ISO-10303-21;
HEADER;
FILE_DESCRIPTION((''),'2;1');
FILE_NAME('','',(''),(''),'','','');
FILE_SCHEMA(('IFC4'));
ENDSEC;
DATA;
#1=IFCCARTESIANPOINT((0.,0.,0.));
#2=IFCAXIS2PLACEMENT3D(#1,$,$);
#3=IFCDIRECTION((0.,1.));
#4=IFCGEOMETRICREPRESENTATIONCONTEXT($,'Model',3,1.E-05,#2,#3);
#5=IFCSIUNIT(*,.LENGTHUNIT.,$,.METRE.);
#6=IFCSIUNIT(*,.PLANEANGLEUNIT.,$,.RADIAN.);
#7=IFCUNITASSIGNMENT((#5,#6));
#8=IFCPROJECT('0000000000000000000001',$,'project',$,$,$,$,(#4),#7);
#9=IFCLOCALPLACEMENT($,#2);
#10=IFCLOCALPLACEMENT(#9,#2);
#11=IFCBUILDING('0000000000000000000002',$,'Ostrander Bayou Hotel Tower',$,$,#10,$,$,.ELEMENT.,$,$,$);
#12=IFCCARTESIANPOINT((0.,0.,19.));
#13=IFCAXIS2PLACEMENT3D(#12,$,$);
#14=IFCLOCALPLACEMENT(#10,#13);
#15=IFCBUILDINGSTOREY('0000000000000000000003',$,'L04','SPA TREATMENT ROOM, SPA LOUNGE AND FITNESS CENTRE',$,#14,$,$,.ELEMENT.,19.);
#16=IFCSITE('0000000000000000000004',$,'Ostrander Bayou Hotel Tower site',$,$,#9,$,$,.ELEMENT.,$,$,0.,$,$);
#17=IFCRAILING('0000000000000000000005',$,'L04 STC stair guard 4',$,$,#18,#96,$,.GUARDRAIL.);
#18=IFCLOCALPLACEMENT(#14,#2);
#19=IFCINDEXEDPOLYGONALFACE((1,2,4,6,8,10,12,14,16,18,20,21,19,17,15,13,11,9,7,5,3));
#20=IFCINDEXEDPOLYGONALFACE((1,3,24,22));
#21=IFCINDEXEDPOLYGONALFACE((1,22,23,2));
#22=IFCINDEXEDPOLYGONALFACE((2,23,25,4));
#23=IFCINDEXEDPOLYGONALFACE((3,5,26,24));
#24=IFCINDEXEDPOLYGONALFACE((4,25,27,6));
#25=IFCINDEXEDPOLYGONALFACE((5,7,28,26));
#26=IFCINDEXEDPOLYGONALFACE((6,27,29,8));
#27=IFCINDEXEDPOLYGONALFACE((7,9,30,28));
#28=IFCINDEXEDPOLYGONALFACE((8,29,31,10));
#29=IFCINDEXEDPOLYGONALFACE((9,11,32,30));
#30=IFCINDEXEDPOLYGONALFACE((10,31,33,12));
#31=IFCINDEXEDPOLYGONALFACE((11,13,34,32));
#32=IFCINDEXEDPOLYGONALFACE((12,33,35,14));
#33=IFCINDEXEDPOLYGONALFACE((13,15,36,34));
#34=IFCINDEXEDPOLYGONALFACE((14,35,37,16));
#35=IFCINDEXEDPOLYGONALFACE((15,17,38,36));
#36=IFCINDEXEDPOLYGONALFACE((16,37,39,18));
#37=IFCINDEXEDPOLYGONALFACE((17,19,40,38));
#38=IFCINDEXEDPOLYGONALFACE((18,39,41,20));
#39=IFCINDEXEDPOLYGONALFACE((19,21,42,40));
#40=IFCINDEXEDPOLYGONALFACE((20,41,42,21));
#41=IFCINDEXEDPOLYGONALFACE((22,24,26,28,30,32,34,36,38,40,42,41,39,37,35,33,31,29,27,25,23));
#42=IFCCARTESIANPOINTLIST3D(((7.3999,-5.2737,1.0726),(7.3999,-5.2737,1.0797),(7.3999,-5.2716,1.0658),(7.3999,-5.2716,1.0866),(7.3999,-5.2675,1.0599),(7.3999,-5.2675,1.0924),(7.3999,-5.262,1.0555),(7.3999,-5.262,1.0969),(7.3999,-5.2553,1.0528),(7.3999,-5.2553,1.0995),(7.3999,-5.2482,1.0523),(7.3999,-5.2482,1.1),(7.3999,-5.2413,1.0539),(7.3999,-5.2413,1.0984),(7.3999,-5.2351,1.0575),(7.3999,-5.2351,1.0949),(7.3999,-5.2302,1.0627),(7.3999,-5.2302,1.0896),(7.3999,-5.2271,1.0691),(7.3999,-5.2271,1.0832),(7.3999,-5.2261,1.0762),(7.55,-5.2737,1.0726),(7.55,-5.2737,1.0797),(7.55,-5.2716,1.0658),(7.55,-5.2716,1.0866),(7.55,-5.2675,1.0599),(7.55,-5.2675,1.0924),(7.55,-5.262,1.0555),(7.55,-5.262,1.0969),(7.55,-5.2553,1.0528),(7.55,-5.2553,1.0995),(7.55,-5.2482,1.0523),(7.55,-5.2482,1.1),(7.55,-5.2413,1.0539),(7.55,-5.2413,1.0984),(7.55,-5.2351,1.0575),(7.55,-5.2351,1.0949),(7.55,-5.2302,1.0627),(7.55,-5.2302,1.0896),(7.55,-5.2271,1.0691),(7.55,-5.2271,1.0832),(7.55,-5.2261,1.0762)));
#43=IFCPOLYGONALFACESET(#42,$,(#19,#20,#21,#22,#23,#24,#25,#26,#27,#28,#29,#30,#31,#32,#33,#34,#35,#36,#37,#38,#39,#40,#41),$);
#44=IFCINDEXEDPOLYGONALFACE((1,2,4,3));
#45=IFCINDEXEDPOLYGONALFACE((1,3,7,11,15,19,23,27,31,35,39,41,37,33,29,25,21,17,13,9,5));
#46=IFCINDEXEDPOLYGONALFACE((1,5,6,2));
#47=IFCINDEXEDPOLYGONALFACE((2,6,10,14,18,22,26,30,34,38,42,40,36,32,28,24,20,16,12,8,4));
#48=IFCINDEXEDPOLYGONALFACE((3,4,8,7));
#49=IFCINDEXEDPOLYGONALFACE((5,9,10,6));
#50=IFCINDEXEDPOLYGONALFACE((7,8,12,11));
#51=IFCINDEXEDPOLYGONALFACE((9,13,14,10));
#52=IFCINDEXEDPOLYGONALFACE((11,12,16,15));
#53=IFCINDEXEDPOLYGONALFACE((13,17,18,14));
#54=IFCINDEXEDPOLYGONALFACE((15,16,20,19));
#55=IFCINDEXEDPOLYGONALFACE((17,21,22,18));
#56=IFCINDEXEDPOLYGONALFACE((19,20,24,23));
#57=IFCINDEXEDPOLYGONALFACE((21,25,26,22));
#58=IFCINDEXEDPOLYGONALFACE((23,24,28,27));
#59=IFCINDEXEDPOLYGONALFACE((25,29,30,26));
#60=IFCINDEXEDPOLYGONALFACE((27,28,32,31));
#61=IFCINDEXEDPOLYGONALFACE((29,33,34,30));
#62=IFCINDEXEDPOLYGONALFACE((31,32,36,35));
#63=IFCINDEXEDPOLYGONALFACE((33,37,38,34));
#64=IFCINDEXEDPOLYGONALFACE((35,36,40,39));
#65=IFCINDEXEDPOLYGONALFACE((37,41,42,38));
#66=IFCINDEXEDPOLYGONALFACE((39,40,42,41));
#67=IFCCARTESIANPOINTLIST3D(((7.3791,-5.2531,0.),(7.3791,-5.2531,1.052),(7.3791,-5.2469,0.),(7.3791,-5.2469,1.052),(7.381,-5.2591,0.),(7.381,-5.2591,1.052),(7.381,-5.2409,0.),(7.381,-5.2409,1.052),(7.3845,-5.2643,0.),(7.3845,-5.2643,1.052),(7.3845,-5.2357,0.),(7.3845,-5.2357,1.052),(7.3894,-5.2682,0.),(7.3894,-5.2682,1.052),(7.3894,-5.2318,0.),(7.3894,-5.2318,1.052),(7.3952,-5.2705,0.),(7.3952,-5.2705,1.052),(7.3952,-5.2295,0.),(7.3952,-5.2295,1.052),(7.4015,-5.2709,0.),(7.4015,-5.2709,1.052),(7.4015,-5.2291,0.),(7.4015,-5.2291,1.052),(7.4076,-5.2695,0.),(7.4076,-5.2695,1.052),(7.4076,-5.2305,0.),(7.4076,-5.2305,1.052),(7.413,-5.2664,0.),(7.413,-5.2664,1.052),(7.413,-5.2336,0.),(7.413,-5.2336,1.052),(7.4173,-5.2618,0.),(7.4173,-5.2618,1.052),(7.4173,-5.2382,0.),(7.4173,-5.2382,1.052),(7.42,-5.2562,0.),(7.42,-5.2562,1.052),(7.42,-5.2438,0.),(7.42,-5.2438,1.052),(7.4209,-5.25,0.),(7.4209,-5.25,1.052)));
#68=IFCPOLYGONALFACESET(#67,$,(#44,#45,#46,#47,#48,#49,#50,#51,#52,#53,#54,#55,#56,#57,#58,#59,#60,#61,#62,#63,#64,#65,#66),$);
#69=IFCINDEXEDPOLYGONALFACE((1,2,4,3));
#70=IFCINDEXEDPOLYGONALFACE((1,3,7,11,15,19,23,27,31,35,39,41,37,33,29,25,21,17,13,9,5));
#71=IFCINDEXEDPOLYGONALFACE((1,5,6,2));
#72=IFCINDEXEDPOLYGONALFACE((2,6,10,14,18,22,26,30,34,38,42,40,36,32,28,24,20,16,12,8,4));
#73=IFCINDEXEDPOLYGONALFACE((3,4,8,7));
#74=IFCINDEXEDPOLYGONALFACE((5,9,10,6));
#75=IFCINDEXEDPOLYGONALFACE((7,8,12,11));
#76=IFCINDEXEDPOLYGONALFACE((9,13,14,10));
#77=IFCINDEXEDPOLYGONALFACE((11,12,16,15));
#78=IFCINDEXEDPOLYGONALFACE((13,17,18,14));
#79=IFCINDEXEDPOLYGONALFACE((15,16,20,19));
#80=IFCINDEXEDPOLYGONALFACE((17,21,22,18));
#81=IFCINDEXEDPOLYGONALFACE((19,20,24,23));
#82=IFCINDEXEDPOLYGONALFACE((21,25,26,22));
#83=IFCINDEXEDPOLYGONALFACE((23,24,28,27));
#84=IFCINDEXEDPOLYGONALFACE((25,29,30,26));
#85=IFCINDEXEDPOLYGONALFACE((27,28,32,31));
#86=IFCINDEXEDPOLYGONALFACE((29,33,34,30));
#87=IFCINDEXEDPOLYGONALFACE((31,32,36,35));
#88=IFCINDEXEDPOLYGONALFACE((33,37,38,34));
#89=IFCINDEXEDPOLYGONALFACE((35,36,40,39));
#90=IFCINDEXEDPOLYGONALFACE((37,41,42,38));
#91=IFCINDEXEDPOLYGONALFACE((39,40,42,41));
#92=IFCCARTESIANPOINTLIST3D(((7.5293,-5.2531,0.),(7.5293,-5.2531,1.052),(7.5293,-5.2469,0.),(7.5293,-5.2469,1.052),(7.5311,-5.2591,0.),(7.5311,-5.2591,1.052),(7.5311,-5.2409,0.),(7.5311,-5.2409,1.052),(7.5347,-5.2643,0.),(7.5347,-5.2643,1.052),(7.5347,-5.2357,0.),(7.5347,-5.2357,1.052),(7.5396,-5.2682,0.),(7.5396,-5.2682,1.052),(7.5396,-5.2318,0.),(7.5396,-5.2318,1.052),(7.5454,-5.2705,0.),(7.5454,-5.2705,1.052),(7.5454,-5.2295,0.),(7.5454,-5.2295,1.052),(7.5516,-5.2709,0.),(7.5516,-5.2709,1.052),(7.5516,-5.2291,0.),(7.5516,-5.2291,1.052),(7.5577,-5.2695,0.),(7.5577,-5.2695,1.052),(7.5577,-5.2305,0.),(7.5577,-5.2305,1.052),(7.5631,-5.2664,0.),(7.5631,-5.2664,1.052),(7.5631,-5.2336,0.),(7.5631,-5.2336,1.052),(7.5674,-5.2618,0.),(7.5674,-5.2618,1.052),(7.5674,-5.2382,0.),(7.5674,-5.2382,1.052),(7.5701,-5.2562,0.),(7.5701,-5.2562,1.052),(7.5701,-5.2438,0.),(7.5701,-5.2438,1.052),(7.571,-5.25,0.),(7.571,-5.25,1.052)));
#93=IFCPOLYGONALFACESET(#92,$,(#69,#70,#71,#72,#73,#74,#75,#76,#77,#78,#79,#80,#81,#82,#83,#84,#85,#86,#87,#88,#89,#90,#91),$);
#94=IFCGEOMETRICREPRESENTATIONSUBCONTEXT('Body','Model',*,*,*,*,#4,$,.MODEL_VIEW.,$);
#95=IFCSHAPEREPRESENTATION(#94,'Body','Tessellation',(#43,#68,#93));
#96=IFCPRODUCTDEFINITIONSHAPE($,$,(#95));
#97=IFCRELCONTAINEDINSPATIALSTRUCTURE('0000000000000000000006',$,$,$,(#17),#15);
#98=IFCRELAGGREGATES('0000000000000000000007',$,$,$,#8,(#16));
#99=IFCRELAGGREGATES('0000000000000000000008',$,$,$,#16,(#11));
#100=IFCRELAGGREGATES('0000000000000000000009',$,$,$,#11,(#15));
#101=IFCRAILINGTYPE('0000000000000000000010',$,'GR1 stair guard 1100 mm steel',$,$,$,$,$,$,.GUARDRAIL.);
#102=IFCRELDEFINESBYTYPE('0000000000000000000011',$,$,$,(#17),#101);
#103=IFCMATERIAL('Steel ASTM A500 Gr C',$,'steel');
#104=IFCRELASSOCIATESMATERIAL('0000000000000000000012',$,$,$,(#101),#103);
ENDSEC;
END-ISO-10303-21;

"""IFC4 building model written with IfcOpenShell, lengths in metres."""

from ifc_helpers import new_model, si_unit, direction, frame, origin, origin_2d, place, context, subcontext, project, spatial, circle, extrude, material, type_object, element, save


model = new_model("IFC4")

# Units and contexts
model_context = context("Model", 3, precision=1e-05, world=origin(), true_north=direction((0.0, 1.0)))
body_context = subcontext(model_context, "Body", "Model", "MODEL_VIEW")
ifc_project = project(units=[si_unit("LENGTHUNIT", "METRE"), si_unit("PLANEANGLEUNIT", "RADIAN")], contexts=[model_context])

# Site, building, storey
site_placement = place(None, origin())
site = spatial("IfcSite", under=ifc_project, at=site_placement, Name="Ostrander Bayou Hotel Tower site", CompositionType="ELEMENT", RefElevation=0.0)
building_placement = place(site_placement, origin())
building = spatial("IfcBuilding", under=site, at=building_placement, Name="Ostrander Bayou Hotel Tower", CompositionType="ELEMENT")
storey_placement = place(building_placement, frame((0.0, 0.0, 19.0)))
storey = spatial("IfcBuildingStorey", under=building, at=storey_placement, Name="L04", Description="SPA TREATMENT ROOM, SPA LOUNGE AND FITNESS CENTRE", CompositionType="ELEMENT", Elevation=19.0)

# Railing
ifc_material_1 = material(Name="Steel ASTM A500 Gr C", Category="steel")
railing_type_1 = type_object("IfcRailingType", Name="GR1 stair guard 1100 mm steel", PredefinedType="GUARDRAIL", material=ifc_material_1)
railing_1_placement = place(storey_placement, frame((7.3999, -5.25, 0.0)))
element("IfcRailing", 1, at=railing_1_placement, inside=storey, type_object=railing_type_1, Name="L04 STC stair guard 4", PredefinedType="GUARDRAIL", context=body_context, shape_type="SweptSolid", body=[
    extrude(circle(Radius=0.0239, at=origin_2d()), frame((0.0, 0.0, 1.0762), z_axis=(1.0, 0.0, 0.0), x_axis=(0.0, 1.0, 0.0)), (0.0, 0.0, 1.0), 0.1501),
    extrude(circle(Radius=0.021, at=origin_2d()), origin(), (0.0, 0.0, 1.0), 1.052),
    extrude(circle(Radius=0.021, at=origin_2d()), frame((0.1501, 0.0, 0.0)), (0.0, 0.0, 1.0), 1.052),
])

save(model, "model.ifc")
